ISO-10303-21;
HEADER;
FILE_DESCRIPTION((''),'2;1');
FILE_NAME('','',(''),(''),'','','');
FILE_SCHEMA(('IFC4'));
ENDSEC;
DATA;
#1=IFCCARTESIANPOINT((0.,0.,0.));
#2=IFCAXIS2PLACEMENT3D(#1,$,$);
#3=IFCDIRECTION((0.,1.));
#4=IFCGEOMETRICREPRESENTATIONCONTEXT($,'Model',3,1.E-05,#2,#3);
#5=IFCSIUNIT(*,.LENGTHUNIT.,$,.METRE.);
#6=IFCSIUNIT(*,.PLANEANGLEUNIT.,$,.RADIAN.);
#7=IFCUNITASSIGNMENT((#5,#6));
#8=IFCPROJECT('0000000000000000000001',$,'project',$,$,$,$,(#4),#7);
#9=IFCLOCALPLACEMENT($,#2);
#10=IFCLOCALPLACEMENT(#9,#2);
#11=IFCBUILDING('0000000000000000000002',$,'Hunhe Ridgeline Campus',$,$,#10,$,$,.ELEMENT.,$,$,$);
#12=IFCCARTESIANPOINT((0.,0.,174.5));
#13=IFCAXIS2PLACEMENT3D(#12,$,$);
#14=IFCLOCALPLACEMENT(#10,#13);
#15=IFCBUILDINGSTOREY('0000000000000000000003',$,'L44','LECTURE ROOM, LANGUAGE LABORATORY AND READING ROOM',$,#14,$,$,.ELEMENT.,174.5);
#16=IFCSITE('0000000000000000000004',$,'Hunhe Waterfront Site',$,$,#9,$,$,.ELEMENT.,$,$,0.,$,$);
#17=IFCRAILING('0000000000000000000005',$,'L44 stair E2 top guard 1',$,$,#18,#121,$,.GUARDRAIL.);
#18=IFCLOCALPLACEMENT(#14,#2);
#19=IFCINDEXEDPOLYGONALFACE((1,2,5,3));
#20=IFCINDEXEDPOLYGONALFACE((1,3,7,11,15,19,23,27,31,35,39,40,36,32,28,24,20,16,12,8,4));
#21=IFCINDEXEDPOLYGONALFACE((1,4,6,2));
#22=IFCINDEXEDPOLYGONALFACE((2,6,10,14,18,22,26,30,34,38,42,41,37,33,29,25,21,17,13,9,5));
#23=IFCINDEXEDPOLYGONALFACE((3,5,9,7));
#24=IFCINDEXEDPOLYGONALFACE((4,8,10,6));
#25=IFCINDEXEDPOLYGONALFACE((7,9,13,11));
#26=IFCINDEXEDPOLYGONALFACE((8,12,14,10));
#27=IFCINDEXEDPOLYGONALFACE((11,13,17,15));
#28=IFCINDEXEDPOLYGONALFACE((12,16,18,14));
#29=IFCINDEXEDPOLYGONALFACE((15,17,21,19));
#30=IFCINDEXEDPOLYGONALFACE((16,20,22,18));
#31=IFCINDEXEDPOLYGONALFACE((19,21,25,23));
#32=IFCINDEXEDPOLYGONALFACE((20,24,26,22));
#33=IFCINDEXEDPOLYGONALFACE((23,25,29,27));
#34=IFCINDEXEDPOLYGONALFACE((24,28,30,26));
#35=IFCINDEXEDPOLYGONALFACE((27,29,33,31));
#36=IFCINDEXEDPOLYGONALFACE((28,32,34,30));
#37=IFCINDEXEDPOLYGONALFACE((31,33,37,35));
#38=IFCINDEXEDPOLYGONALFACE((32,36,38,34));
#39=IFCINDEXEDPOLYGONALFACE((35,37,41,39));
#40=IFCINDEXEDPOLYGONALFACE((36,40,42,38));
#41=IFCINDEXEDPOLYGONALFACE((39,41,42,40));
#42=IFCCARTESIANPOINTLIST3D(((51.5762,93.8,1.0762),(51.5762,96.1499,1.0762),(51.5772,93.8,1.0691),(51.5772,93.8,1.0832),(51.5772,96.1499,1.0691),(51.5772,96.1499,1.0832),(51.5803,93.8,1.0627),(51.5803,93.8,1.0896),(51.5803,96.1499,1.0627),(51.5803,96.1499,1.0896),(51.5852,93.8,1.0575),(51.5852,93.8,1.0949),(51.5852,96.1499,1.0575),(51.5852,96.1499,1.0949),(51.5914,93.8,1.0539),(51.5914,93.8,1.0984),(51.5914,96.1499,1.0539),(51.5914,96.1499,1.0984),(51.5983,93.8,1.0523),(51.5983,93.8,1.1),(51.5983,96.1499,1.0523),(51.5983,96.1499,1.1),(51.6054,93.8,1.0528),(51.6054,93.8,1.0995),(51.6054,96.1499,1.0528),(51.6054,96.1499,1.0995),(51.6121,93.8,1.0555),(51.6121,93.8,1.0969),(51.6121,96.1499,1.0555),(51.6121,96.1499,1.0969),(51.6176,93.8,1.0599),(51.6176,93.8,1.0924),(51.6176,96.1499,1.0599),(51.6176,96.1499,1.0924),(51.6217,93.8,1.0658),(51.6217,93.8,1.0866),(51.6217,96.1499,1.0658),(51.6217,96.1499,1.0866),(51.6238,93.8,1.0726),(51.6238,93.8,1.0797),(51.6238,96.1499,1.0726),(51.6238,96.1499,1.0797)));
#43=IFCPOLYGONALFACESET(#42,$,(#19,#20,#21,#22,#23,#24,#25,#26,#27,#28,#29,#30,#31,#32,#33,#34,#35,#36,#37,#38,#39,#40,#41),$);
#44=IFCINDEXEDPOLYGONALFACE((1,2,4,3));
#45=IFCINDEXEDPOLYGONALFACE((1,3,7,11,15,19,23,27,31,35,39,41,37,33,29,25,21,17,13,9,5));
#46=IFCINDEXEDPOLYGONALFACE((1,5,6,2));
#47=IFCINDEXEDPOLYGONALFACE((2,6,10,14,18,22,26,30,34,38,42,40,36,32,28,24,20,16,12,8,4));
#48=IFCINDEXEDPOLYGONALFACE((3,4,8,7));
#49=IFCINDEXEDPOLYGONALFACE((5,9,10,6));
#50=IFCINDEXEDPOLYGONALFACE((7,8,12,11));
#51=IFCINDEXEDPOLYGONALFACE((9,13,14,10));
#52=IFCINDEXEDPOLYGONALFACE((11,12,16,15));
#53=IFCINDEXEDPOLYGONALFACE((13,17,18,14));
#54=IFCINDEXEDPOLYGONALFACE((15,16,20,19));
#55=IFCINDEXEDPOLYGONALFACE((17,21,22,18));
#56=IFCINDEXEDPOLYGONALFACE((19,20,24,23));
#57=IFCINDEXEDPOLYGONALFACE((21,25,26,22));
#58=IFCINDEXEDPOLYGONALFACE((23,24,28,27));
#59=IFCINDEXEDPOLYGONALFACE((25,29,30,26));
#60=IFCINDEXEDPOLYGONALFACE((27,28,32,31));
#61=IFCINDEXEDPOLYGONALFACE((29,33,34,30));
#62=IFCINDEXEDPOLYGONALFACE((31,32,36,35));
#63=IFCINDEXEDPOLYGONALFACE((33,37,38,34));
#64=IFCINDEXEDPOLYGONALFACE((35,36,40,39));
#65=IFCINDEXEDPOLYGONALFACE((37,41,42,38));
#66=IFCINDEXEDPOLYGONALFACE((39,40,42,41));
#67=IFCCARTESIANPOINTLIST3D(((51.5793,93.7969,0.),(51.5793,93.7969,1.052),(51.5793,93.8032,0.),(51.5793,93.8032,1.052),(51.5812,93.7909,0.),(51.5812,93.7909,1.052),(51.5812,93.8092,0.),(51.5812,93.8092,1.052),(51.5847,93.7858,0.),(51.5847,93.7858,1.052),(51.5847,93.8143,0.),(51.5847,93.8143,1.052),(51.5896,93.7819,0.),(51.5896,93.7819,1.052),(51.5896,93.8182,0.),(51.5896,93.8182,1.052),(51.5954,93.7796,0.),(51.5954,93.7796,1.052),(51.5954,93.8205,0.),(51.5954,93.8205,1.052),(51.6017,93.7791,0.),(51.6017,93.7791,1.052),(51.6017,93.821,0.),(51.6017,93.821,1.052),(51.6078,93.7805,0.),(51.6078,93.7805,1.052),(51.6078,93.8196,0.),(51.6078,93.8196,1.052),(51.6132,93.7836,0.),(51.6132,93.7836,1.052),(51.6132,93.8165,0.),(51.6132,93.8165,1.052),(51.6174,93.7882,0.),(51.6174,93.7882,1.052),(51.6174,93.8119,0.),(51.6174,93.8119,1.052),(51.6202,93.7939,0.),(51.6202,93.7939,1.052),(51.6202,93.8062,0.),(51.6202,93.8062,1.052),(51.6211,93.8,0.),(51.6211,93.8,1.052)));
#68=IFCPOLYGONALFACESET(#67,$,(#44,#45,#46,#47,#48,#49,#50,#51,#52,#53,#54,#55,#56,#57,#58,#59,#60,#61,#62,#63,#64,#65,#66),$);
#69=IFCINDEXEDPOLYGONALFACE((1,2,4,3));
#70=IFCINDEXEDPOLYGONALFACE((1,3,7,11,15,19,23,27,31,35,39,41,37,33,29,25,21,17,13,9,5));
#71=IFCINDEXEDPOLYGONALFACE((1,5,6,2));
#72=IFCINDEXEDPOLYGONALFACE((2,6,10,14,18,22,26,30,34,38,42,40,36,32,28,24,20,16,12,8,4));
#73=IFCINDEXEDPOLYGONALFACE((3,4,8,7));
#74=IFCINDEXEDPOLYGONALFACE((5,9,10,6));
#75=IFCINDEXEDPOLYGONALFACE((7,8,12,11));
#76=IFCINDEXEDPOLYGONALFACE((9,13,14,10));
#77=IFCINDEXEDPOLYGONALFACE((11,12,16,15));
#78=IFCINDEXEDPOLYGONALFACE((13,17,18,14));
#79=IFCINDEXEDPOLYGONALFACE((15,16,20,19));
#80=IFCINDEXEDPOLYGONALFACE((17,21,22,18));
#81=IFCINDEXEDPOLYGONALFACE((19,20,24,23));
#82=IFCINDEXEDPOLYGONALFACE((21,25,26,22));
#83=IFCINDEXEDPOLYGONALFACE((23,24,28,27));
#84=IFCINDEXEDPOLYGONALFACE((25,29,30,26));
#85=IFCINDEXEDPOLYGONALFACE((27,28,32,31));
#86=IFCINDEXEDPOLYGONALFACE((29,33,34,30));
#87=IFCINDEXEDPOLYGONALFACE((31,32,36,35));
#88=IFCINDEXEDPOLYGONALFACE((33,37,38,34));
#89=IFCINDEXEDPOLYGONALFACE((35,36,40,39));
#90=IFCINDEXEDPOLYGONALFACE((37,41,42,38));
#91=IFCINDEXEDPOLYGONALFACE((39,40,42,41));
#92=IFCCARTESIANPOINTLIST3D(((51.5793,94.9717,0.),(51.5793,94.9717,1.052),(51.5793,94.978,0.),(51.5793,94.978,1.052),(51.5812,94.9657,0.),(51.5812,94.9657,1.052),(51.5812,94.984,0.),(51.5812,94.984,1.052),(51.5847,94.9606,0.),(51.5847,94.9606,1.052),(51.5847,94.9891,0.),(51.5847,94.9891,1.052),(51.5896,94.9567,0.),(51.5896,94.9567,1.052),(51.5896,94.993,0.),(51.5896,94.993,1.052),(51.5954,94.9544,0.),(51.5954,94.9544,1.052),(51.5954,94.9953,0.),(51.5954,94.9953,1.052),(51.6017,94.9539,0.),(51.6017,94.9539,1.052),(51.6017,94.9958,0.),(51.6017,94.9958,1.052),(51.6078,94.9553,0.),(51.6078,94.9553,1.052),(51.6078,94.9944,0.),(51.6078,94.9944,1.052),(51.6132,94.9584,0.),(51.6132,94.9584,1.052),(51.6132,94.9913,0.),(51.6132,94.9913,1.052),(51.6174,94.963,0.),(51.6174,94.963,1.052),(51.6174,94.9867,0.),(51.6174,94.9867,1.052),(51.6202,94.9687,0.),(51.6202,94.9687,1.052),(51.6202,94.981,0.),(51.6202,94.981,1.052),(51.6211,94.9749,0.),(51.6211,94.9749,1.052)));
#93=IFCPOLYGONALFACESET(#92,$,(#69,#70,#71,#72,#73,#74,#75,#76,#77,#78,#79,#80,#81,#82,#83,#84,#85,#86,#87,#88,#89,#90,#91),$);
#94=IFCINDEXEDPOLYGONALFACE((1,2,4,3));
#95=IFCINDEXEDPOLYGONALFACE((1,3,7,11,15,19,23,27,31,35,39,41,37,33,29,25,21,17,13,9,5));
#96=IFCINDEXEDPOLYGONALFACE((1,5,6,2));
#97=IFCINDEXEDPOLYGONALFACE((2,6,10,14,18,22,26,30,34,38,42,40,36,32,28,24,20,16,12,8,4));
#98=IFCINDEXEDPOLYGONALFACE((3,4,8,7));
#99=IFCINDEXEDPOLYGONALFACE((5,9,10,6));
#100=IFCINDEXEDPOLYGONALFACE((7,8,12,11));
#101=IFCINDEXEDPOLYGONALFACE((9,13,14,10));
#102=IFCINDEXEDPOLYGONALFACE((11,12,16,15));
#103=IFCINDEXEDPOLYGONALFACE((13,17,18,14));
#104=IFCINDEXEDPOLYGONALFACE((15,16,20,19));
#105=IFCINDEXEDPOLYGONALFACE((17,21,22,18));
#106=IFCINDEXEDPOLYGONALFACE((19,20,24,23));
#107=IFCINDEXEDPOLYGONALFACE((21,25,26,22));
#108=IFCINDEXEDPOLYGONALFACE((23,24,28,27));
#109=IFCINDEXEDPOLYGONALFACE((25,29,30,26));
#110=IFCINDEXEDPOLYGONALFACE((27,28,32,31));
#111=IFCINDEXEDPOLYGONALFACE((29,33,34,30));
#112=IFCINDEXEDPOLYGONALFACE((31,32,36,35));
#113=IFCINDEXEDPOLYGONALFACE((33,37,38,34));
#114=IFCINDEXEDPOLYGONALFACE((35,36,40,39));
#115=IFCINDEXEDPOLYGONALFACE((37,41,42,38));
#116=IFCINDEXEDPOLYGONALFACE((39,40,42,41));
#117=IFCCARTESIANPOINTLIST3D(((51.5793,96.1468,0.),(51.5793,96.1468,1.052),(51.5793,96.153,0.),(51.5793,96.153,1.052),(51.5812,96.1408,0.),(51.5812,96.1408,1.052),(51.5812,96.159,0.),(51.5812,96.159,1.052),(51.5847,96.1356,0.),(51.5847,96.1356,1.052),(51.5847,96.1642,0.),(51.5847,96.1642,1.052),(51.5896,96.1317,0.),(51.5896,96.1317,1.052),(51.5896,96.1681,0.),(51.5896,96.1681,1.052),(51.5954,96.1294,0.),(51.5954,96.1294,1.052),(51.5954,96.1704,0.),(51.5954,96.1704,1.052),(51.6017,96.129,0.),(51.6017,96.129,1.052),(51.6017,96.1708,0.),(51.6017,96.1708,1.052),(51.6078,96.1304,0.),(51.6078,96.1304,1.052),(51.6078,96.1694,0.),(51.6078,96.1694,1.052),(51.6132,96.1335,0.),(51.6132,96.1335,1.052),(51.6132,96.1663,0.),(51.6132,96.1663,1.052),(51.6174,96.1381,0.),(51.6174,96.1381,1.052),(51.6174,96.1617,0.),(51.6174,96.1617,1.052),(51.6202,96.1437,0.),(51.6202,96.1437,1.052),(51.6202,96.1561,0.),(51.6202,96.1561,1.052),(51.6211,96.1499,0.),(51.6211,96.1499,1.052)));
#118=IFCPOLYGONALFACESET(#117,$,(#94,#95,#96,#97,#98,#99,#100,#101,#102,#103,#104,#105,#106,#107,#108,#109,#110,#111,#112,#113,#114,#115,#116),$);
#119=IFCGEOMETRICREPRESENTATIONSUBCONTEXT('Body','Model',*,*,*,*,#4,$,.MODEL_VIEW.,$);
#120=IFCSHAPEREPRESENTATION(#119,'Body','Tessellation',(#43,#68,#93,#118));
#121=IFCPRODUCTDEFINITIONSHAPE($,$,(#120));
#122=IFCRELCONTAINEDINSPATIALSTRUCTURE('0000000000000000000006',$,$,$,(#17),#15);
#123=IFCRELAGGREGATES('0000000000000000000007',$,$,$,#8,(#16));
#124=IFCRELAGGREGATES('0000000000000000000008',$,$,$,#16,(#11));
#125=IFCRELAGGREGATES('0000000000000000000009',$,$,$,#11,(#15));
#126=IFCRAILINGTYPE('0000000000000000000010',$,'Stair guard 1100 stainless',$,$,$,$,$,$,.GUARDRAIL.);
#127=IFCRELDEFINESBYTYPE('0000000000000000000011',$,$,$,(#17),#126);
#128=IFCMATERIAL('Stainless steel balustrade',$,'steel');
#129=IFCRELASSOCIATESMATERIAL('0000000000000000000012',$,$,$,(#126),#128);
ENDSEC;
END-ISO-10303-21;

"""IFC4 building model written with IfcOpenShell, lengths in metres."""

from ifc_helpers import new_model, si_unit, direction, frame, origin, origin_2d, place, context, subcontext, project, spatial, circle, extrude, material, type_object, element, save


model = new_model("IFC4")

# Units and contexts
model_context = context("Model", 3, precision=1e-05, world=origin(), true_north=direction((0.0, 1.0)))
body_context = subcontext(model_context, "Body", "Model", "MODEL_VIEW")
ifc_project = project(units=[si_unit("LENGTHUNIT", "METRE"), si_unit("PLANEANGLEUNIT", "RADIAN")], contexts=[model_context])

# Site, building, storey
site_placement = place(None, origin())
site = spatial("IfcSite", under=ifc_project, at=site_placement, Name="Hunhe Waterfront Site", CompositionType="ELEMENT", RefElevation=0.0)
building_placement = place(site_placement, origin())
building = spatial("IfcBuilding", under=site, at=building_placement, Name="Hunhe Ridgeline Campus", CompositionType="ELEMENT")
storey_placement = place(building_placement, frame((0.0, 0.0, 174.5)))
storey = spatial("IfcBuildingStorey", under=building, at=storey_placement, Name="L44", Description="LECTURE ROOM, LANGUAGE LABORATORY AND READING ROOM", CompositionType="ELEMENT", Elevation=174.5)

# Railing
ifc_material_1 = material(Name="Stainless steel balustrade", Category="steel")
railing_type = type_object("IfcRailingType", Name="Stair guard 1100 stainless", PredefinedType="GUARDRAIL", material=ifc_material_1)
railing_placement = place(storey_placement, frame((51.6001, 93.8, 0.0)))
element("IfcRailing", 1, at=railing_placement, inside=storey, type_object=railing_type, Name="L44 stair E2 top guard 1", PredefinedType="GUARDRAIL", context=body_context, shape_type="SweptSolid", body=[
    extrude(circle(Radius=0.0239, at=origin_2d()), frame((0.0, 0.0, 1.0762), z_axis=(0.0, 1.0, 0.0), x_axis=(-1.0, 0.0, 0.0)), (0.0, 0.0, 1.0), 2.3499),
    extrude(circle(Radius=0.021, at=origin_2d()), origin(), (0.0, 0.0, 1.0), 1.052),
    extrude(circle(Radius=0.021, at=origin_2d()), frame((0.0, 1.1748, 0.0)), (0.0, 0.0, 1.0), 1.052),
    extrude(circle(Radius=0.021, at=origin_2d()), frame((0.0, 2.3499, 0.0)), (0.0, 0.0, 1.0), 1.052),
])

save(model, "model.ifc")
